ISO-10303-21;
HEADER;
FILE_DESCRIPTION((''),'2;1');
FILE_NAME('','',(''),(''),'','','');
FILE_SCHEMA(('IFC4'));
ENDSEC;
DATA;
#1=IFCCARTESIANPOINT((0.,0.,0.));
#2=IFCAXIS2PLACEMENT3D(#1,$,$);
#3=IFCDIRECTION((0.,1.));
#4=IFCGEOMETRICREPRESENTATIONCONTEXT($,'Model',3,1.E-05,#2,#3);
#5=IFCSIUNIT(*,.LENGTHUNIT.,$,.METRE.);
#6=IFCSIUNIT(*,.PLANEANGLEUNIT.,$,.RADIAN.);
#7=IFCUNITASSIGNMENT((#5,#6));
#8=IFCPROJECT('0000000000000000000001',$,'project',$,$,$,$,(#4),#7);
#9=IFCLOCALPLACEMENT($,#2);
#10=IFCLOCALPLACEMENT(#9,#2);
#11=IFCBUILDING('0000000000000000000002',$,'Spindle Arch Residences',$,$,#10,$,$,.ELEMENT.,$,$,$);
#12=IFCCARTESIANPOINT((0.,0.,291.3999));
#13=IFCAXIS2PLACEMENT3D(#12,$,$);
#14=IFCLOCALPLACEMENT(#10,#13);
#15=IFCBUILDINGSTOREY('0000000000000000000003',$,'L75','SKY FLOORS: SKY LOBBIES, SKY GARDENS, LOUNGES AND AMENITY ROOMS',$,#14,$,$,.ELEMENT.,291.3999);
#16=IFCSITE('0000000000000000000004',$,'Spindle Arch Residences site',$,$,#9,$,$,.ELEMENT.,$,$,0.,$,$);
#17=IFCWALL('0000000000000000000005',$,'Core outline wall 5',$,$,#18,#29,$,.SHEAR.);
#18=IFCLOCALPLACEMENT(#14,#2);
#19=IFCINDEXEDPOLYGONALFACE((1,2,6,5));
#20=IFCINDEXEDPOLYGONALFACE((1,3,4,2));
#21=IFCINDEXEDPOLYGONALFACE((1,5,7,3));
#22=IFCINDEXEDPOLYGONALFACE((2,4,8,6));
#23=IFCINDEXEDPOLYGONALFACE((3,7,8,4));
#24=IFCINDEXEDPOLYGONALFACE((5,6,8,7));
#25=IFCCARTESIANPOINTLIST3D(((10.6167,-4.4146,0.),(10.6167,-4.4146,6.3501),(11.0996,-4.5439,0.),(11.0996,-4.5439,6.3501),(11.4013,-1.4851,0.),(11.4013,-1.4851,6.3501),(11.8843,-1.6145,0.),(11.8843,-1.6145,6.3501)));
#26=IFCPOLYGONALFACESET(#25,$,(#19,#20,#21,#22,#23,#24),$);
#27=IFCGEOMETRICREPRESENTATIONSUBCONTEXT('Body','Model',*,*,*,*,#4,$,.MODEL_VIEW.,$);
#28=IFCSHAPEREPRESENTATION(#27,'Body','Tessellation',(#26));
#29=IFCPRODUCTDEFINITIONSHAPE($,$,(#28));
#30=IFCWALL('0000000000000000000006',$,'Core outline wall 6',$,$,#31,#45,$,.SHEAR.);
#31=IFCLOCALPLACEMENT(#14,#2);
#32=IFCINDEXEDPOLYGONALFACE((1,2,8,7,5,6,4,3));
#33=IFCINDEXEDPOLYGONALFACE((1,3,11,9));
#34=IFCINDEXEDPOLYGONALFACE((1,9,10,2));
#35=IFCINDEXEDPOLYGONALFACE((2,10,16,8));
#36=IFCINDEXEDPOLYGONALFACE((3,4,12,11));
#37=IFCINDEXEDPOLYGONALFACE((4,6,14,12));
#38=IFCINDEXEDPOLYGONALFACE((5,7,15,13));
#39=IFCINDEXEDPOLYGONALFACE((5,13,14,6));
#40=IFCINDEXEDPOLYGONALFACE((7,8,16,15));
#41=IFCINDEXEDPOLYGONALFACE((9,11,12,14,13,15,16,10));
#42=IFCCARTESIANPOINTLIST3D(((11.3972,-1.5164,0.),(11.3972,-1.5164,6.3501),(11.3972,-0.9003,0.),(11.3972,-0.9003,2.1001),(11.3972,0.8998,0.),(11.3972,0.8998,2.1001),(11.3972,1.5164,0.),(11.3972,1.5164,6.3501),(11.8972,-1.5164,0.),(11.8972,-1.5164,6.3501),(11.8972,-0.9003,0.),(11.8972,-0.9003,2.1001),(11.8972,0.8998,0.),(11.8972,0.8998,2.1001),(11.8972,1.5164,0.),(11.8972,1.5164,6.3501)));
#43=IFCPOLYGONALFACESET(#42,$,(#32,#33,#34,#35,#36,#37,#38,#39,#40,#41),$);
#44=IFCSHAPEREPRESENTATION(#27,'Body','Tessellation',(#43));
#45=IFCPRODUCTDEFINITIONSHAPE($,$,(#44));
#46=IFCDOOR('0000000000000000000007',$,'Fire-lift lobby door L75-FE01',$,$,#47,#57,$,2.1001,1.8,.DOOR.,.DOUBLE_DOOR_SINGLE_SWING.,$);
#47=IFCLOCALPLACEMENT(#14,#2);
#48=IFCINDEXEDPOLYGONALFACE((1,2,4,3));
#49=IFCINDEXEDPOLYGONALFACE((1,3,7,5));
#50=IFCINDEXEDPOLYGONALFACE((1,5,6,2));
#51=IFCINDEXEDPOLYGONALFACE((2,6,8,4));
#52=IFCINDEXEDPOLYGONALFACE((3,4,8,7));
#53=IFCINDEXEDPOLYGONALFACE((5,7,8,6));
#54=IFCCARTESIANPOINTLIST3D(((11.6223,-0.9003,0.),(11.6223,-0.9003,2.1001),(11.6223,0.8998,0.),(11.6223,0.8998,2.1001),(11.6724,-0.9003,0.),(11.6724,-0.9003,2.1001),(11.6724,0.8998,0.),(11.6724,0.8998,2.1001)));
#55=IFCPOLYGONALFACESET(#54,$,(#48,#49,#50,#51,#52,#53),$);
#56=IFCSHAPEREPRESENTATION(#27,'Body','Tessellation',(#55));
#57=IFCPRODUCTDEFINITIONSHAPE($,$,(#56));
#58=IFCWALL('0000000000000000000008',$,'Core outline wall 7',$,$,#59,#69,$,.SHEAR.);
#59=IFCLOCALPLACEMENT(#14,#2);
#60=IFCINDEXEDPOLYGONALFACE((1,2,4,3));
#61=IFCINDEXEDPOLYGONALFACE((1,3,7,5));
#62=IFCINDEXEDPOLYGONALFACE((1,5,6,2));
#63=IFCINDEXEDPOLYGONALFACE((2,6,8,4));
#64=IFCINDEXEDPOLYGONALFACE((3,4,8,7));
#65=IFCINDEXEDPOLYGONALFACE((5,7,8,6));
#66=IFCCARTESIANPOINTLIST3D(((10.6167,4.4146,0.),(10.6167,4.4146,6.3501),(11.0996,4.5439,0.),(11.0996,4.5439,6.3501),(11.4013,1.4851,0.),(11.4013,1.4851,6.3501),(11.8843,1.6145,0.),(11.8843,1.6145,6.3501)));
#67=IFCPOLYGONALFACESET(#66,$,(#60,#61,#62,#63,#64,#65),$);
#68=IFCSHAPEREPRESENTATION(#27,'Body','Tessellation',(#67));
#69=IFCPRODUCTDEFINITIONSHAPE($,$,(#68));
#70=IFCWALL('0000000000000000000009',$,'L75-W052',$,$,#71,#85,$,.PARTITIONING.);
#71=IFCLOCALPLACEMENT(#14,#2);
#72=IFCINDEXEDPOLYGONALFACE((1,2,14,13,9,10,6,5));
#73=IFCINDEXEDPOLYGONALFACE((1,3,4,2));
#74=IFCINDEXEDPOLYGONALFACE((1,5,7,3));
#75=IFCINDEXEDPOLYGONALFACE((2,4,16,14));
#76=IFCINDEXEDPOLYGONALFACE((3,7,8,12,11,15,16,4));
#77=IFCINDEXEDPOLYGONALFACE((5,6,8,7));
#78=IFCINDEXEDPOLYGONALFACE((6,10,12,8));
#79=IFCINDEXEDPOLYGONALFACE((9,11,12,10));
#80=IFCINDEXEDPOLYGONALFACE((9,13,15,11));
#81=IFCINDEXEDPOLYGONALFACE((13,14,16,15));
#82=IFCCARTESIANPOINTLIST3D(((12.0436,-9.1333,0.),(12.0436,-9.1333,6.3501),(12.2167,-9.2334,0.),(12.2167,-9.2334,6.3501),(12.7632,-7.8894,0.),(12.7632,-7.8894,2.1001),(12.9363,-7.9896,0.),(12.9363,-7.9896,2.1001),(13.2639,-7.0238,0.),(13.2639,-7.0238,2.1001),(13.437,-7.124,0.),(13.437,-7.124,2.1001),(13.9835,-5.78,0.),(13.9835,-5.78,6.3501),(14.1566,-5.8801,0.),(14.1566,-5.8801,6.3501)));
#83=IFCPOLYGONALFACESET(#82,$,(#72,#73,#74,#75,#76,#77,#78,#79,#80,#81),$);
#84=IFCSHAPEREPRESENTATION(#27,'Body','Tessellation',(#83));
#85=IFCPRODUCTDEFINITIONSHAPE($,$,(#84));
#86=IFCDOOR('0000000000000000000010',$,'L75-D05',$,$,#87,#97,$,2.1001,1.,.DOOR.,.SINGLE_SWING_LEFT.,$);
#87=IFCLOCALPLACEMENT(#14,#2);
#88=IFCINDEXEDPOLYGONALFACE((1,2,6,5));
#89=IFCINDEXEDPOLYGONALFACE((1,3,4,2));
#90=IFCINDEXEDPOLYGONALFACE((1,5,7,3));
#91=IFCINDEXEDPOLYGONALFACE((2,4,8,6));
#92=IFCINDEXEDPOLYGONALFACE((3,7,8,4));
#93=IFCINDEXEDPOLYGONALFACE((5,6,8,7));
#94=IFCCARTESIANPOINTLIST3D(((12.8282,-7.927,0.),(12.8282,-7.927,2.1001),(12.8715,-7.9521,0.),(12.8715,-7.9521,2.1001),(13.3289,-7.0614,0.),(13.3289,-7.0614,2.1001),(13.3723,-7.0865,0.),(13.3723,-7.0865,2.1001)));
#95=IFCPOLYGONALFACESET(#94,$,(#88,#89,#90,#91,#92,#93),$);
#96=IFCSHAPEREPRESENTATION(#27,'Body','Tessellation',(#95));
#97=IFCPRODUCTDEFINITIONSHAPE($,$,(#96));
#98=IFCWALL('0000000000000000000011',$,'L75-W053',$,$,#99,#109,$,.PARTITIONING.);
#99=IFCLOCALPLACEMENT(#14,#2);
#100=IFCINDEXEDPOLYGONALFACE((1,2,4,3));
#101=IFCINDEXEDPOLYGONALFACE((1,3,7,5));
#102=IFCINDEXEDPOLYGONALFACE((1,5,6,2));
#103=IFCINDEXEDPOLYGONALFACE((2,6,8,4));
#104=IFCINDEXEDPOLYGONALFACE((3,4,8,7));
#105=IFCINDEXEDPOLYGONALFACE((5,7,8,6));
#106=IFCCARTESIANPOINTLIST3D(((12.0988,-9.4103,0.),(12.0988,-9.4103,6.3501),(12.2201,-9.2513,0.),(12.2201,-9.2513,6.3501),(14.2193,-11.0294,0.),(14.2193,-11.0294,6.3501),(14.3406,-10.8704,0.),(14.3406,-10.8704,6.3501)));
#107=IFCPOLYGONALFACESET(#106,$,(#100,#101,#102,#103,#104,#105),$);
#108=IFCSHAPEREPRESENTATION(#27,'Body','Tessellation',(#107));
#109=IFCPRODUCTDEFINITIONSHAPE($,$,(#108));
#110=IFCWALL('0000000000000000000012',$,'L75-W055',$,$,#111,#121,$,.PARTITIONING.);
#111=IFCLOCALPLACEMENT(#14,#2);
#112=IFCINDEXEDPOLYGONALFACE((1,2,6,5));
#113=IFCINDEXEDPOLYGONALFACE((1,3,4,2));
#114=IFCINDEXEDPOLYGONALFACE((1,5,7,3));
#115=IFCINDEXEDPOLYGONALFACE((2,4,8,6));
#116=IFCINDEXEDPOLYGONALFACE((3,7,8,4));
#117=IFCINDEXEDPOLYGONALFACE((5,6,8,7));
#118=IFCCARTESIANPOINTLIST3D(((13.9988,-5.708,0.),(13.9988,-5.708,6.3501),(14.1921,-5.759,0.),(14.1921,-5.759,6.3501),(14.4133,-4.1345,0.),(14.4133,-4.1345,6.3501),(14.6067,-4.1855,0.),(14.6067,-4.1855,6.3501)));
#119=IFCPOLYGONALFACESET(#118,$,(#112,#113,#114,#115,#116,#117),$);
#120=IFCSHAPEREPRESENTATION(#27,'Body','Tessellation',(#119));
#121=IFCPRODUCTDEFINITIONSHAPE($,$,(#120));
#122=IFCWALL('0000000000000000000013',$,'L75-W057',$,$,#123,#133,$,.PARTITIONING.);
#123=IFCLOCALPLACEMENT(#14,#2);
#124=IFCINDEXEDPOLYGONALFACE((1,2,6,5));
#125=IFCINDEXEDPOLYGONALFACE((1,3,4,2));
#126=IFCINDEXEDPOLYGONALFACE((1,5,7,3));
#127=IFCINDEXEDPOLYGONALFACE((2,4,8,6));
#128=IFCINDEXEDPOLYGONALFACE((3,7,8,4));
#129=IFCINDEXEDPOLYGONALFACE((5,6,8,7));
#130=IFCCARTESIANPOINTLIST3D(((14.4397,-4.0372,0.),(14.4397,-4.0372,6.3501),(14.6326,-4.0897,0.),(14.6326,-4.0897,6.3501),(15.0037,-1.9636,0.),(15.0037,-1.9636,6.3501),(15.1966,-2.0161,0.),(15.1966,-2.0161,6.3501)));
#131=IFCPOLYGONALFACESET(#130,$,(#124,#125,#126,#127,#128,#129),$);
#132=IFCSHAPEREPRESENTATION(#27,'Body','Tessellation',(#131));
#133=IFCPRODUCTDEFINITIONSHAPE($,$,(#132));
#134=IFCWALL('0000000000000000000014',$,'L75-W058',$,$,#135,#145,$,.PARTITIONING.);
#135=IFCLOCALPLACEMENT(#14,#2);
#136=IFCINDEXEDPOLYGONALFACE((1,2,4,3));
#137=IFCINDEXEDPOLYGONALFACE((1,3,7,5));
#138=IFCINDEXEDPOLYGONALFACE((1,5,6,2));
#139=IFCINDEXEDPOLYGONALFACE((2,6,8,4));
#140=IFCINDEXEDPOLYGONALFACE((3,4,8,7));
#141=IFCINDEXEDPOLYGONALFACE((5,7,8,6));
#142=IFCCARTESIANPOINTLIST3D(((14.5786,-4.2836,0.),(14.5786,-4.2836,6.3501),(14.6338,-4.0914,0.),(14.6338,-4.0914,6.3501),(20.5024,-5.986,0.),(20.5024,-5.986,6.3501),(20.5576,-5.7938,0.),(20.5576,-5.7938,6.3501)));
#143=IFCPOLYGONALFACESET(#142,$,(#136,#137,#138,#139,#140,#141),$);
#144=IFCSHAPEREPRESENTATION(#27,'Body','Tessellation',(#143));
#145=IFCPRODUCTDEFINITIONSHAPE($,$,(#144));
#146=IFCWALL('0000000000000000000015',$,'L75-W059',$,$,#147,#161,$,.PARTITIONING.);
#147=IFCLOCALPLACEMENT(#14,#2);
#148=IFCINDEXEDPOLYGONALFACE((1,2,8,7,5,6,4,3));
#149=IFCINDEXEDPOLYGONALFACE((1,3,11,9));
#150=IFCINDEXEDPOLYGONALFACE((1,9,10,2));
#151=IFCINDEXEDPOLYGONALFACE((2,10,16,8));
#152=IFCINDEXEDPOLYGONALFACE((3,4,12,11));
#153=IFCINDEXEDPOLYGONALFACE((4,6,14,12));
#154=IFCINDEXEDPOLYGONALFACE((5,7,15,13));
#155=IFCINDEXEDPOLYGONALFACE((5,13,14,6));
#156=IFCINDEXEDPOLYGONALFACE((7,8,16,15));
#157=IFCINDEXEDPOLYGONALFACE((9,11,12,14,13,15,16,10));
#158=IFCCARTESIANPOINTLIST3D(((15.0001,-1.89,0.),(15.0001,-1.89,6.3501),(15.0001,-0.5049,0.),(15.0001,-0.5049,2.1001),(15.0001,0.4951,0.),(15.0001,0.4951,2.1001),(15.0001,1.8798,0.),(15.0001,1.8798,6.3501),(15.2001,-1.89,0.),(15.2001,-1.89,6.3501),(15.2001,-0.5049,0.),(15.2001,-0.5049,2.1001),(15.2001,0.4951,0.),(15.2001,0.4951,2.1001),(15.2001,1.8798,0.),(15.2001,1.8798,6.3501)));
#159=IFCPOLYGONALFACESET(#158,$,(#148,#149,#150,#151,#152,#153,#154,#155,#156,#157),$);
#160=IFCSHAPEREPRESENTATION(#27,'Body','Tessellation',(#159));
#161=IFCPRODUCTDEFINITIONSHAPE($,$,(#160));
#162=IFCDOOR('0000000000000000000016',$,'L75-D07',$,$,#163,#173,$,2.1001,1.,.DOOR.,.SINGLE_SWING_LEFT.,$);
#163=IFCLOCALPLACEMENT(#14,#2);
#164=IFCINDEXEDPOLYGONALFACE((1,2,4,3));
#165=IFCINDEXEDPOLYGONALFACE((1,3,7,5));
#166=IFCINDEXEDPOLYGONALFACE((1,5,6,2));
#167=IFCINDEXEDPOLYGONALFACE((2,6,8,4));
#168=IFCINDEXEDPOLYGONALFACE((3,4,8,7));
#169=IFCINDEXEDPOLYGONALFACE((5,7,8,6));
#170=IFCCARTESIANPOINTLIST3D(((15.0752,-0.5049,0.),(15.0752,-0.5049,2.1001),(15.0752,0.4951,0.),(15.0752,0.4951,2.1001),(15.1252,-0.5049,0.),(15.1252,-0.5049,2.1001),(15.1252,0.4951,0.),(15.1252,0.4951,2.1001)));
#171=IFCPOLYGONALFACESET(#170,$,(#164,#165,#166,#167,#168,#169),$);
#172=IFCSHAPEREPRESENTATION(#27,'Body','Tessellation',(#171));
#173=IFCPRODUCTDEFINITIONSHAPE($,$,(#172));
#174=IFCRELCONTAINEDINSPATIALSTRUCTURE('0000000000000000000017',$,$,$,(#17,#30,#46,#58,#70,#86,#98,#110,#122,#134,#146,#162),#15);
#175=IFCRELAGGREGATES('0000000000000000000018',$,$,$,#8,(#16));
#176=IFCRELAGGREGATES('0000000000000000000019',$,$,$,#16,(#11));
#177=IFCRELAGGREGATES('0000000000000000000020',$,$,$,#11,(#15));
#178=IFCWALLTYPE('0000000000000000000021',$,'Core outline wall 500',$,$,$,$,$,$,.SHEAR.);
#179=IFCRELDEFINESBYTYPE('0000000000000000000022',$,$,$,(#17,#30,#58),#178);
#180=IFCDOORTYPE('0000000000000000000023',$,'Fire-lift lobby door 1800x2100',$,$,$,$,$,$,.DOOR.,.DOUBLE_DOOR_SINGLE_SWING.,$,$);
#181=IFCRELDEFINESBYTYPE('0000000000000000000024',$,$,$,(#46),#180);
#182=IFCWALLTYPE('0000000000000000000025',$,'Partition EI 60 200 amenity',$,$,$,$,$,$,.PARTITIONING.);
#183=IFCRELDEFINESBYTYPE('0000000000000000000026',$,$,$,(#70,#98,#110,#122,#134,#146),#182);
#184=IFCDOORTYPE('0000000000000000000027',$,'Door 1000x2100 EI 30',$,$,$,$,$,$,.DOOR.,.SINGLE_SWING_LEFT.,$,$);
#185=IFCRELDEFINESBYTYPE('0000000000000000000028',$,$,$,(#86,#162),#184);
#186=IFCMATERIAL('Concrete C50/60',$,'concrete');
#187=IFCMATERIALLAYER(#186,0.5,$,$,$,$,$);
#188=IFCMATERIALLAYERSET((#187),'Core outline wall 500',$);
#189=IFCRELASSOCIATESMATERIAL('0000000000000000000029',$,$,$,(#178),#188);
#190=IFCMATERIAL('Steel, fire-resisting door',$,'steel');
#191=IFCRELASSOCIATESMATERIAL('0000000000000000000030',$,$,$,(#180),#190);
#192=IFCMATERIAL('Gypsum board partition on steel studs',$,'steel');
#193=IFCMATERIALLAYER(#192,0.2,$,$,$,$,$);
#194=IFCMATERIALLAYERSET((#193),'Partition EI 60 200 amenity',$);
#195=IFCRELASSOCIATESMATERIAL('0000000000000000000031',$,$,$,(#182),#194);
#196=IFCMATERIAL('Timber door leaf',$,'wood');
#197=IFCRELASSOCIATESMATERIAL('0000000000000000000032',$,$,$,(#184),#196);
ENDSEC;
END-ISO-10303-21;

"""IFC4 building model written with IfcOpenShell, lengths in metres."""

from ifc_helpers import new_model, si_unit, direction, frame, frame_2d, origin, place, context, subcontext, project, spatial, rectangle, extrude, material, layer, layer_set, type_object, element, fill, save


model = new_model("IFC4")

# Units and contexts
model_context = context("Model", 3, precision=1e-05, world=origin(), true_north=direction((0.0, 1.0)))
body_context = subcontext(model_context, "Body", "Model", "MODEL_VIEW")
ifc_project = project(units=[si_unit("LENGTHUNIT", "METRE"), si_unit("PLANEANGLEUNIT", "RADIAN")], contexts=[model_context])

# Site, building, storey
site_placement = place(None, origin())
site = spatial("IfcSite", under=ifc_project, at=site_placement, Name="Spindle Arch Residences site", CompositionType="ELEMENT", RefElevation=0.0)
building_placement = place(site_placement, origin())
building = spatial("IfcBuilding", under=site, at=building_placement, Name="Spindle Arch Residences", CompositionType="ELEMENT")
storey_placement = place(building_placement, frame((0.0, 0.0, 291.3999)))
storey = spatial("IfcBuildingStorey", under=building, at=storey_placement, Name="L75", Description="SKY FLOORS: SKY LOBBIES, SKY GARDENS, LOUNGES AND AMENITY ROOMS", CompositionType="ELEMENT", Elevation=291.3999)

# Wall
ifc_material_1 = material(Name="Concrete C50/60", Category="concrete")
ifc_layer_1 = layer(ifc_material_1, 0.5)
ifc_layer_set_1 = layer_set([ifc_layer_1], Name="Core outline wall 500")
wall_type_1 = type_object("IfcWallType", Name="Core outline wall 500", PredefinedType="SHEAR", material=ifc_layer_set_1)
wall_1_placement = place(storey_placement, frame((10.8582, -4.4792, 0.0), z_axis=(0.0, 0.0, 1.0), x_axis=(0.258735, 0.965948, 0.0)))
element("IfcWall", 1, at=wall_1_placement, inside=storey, type_object=wall_type_1, Name="Core outline wall 5", PredefinedType="SHEAR", context=body_context, shape_type="SweptSolid", body=[
    extrude(rectangle(XDim=3.0327, YDim=0.5, at=frame_2d((1.5164, 0.0))), origin(), (0.0, 0.0, 1.0), 6.3501),
])

# Wall, opening, door
wall_2_placement = place(storey_placement, frame((11.6472, -1.5164, 0.0), z_axis=(0.0, 0.0, 1.0), x_axis=(0.0, 1.0, 0.0)))
wall_2 = element("IfcWall", 2, at=wall_2_placement, inside=storey, type_object=wall_type_1, Name="Core outline wall 6", PredefinedType="SHEAR", context=body_context, shape_type="SweptSolid", body=[
    extrude(rectangle(XDim=3.0327, YDim=0.5, at=frame_2d((1.5164, 0.0))), origin(), (0.0, 0.0, 1.0), 6.3501),
])
opening_1_placement = place(wall_2_placement, frame((0.6162, 0.0, 0.0)))
opening_1 = element("IfcOpeningElement", 3, at=opening_1_placement, cuts=wall_2, PredefinedType="OPENING", context=body_context, shape_type="SweptSolid", body=[
    extrude(rectangle(XDim=1.8, YDim=2.1001, at=frame_2d((0.8999, 1.05))), frame((0.0, 0.26, 0.0), z_axis=(0.0, -1.0, 0.0), x_axis=(1.0, 0.0, 0.0)), (0.0, 0.0, 1.0), 0.52),
])
ifc_material_2 = material(Name="Steel, fire-resisting door", Category="steel")
door_type_1 = type_object("IfcDoorType", Name="Fire-lift lobby door 1800x2100", OperationType="DOUBLE_DOOR_SINGLE_SWING", PredefinedType="DOOR", material=ifc_material_2)
door_1_placement = place(opening_1_placement, origin())
door_1 = element("IfcDoor", 4, at=door_1_placement, inside=storey, type_object=door_type_1, Name="Fire-lift lobby door L75-FE01", OperationType="DOUBLE_DOOR_SINGLE_SWING", OverallHeight=2.1001, OverallWidth=1.8, PredefinedType="DOOR", context=body_context, shape_type="SweptSolid", body=[
    extrude(rectangle(XDim=1.8, YDim=2.1001, at=frame_2d((0.8999, 1.05))), frame((0.0, 0.0249, 0.0), z_axis=(0.0, -1.0, 0.0), x_axis=(1.0, 0.0, 0.0)), (0.0, 0.0, 1.0), 0.05),
])
fill(opening_1, door_1)

# Wall
wall_3_placement = place(storey_placement, frame((11.6428, 1.5498, 0.0), z_axis=(0.0, 0.0, 1.0), x_axis=(-0.258735, 0.965948, 0.0)))
element("IfcWall", 5, at=wall_3_placement, inside=storey, type_object=wall_type_1, Name="Core outline wall 7", PredefinedType="SHEAR", context=body_context, shape_type="SweptSolid", body=[
    extrude(rectangle(XDim=3.0327, YDim=0.5, at=frame_2d((1.5164, 0.0))), origin(), (0.0, 0.0, 1.0), 6.3501),
])

# Wall, opening, door
ifc_material_3 = material(Name="Gypsum board partition on steel studs", Category="steel")
ifc_layer_2 = layer(ifc_material_3, 0.2)
ifc_layer_set_2 = layer_set([ifc_layer_2], Name="Partition EI 60 200 amenity")
wall_type_2 = type_object("IfcWallType", Name="Partition EI 60 200 amenity", PredefinedType="PARTITIONING", material=ifc_layer_set_2)
wall_4_placement = place(storey_placement, frame((12.1301, -9.1833, 0.0), z_axis=(0.0, 0.0, 1.0), x_axis=(0.50076, 0.865586, 0.0)))
wall_4 = element("IfcWall", 6, at=wall_4_placement, inside=storey, type_object=wall_type_2, Name="L75-W052", PredefinedType="PARTITIONING", context=body_context, shape_type="SweptSolid", body=[
    extrude(rectangle(XDim=3.874, YDim=0.2, at=frame_2d((1.937, 0.0))), origin(), (0.0, 0.0, 1.0), 6.3501),
])
opening_2_placement = place(wall_4_placement, frame((1.437, 0.0, 0.0)))
opening_2 = element("IfcOpeningElement", 7, at=opening_2_placement, cuts=wall_4, PredefinedType="OPENING", context=body_context, shape_type="SweptSolid", body=[
    extrude(rectangle(XDim=1.0, YDim=2.1001, at=frame_2d((0.5, 1.05))), frame((0.0, 0.1099, 0.0), z_axis=(0.0, -1.0, 0.0), x_axis=(1.0, 0.0, 0.0)), (0.0, 0.0, 1.0), 0.22),
])
ifc_material_4 = material(Name="Timber door leaf", Category="wood")
door_type_2 = type_object("IfcDoorType", Name="Door 1000x2100 EI 30", OperationType="SINGLE_SWING_LEFT", PredefinedType="DOOR", material=ifc_material_4)
door_2_placement = place(opening_2_placement, origin())
door_2 = element("IfcDoor", 8, at=door_2_placement, inside=storey, type_object=door_type_2, Name="L75-D05", OperationType="SINGLE_SWING_LEFT", OverallHeight=2.1001, OverallWidth=1.0, PredefinedType="DOOR", context=body_context, shape_type="SweptSolid", body=[
    extrude(rectangle(XDim=1.0, YDim=2.1001, at=frame_2d((0.5, 1.05))), frame((0.0, 0.0249, 0.0), z_axis=(0.0, -1.0, 0.0), x_axis=(1.0, 0.0, 0.0)), (0.0, 0.0, 1.0), 0.05),
])
fill(opening_2, door_2)

# Walls
wall_5_placement = place(storey_placement, frame((12.1594, -9.3308, 0.0), z_axis=(0.0, 0.0, 1.0), x_axis=(0.79481, -0.606859, 0.0)))
element("IfcWall", 9, at=wall_5_placement, inside=storey, type_object=wall_type_2, Name="L75-W053", PredefinedType="PARTITIONING", context=body_context, shape_type="SweptSolid", body=[
    extrude(rectangle(XDim=2.668, YDim=0.2, at=frame_2d((1.334, 0.0))), origin(), (0.0, 0.0, 1.0), 6.3501),
])
wall_6_placement = place(storey_placement, frame((14.0955, -5.7334, 0.0), z_axis=(0.0, 0.0, 1.0), x_axis=(0.254767, 0.967003, 0.0)))
element("IfcWall", 10, at=wall_6_placement, inside=storey, type_object=wall_type_2, Name="L75-W055", PredefinedType="PARTITIONING", context=body_context, shape_type="SweptSolid", body=[
    extrude(rectangle(XDim=1.6272, YDim=0.2, at=frame_2d((0.8135, 0.0))), origin(), (0.0, 0.0, 1.0), 6.3501),
])
wall_7_placement = place(storey_placement, frame((14.5361, -4.0635, 0.0), z_axis=(0.0, 0.0, 1.0), x_axis=(0.262454, 0.964945, 0.0)))
element("IfcWall", 11, at=wall_7_placement, inside=storey, type_object=wall_type_2, Name="L75-W057", PredefinedType="PARTITIONING", context=body_context, shape_type="SweptSolid", body=[
    extrude(rectangle(XDim=2.1489, YDim=0.2, at=frame_2d((1.0745, 0.0))), origin(), (0.0, 0.0, 1.0), 6.3501),
])
wall_8_placement = place(storey_placement, frame((14.6062, -4.1875, 0.0), z_axis=(0.0, 0.0, 1.0), x_axis=(0.9611, -0.276201, 0.0)))
element("IfcWall", 12, at=wall_8_placement, inside=storey, type_object=wall_type_2, Name="L75-W058", PredefinedType="PARTITIONING", context=body_context, shape_type="SweptSolid", body=[
    extrude(rectangle(XDim=6.1636, YDim=0.2, at=frame_2d((3.0818, 0.0))), origin(), (0.0, 0.0, 1.0), 6.3501),
])

# Wall, opening, door
wall_9_placement = place(storey_placement, frame((15.1001, -1.8899, 0.0), z_axis=(0.0, 0.0, 1.0), x_axis=(0.0, 1.0, 0.0)))
wall_9 = element("IfcWall", 13, at=wall_9_placement, inside=storey, type_object=wall_type_2, Name="L75-W059", PredefinedType="PARTITIONING", context=body_context, shape_type="SweptSolid", body=[
    extrude(rectangle(XDim=3.7698, YDim=0.2, at=frame_2d((1.8848, 0.0))), origin(), (0.0, 0.0, 1.0), 6.3501),
])
opening_3_placement = place(wall_9_placement, frame((1.385, 0.0, 0.0)))
opening_3 = element("IfcOpeningElement", 14, at=opening_3_placement, cuts=wall_9, PredefinedType="OPENING", context=body_context, shape_type="SweptSolid", body=[
    extrude(rectangle(XDim=1.0, YDim=2.1001, at=frame_2d((0.5, 1.05))), frame((0.0, 0.1099, 0.0), z_axis=(0.0, -1.0, 0.0), x_axis=(1.0, 0.0, 0.0)), (0.0, 0.0, 1.0), 0.22),
])
door_3_placement = place(opening_3_placement, origin())
door_3 = element("IfcDoor", 15, at=door_3_placement, inside=storey, type_object=door_type_2, Name="L75-D07", OperationType="SINGLE_SWING_LEFT", OverallHeight=2.1001, OverallWidth=1.0, PredefinedType="DOOR", context=body_context, shape_type="SweptSolid", body=[
    extrude(rectangle(XDim=1.0, YDim=2.1001, at=frame_2d((0.5, 1.05))), frame((0.0, 0.0249, 0.0), z_axis=(0.0, -1.0, 0.0), x_axis=(1.0, 0.0, 0.0)), (0.0, 0.0, 1.0), 0.05),
])
fill(opening_3, door_3)

save(model, "model.ifc")
